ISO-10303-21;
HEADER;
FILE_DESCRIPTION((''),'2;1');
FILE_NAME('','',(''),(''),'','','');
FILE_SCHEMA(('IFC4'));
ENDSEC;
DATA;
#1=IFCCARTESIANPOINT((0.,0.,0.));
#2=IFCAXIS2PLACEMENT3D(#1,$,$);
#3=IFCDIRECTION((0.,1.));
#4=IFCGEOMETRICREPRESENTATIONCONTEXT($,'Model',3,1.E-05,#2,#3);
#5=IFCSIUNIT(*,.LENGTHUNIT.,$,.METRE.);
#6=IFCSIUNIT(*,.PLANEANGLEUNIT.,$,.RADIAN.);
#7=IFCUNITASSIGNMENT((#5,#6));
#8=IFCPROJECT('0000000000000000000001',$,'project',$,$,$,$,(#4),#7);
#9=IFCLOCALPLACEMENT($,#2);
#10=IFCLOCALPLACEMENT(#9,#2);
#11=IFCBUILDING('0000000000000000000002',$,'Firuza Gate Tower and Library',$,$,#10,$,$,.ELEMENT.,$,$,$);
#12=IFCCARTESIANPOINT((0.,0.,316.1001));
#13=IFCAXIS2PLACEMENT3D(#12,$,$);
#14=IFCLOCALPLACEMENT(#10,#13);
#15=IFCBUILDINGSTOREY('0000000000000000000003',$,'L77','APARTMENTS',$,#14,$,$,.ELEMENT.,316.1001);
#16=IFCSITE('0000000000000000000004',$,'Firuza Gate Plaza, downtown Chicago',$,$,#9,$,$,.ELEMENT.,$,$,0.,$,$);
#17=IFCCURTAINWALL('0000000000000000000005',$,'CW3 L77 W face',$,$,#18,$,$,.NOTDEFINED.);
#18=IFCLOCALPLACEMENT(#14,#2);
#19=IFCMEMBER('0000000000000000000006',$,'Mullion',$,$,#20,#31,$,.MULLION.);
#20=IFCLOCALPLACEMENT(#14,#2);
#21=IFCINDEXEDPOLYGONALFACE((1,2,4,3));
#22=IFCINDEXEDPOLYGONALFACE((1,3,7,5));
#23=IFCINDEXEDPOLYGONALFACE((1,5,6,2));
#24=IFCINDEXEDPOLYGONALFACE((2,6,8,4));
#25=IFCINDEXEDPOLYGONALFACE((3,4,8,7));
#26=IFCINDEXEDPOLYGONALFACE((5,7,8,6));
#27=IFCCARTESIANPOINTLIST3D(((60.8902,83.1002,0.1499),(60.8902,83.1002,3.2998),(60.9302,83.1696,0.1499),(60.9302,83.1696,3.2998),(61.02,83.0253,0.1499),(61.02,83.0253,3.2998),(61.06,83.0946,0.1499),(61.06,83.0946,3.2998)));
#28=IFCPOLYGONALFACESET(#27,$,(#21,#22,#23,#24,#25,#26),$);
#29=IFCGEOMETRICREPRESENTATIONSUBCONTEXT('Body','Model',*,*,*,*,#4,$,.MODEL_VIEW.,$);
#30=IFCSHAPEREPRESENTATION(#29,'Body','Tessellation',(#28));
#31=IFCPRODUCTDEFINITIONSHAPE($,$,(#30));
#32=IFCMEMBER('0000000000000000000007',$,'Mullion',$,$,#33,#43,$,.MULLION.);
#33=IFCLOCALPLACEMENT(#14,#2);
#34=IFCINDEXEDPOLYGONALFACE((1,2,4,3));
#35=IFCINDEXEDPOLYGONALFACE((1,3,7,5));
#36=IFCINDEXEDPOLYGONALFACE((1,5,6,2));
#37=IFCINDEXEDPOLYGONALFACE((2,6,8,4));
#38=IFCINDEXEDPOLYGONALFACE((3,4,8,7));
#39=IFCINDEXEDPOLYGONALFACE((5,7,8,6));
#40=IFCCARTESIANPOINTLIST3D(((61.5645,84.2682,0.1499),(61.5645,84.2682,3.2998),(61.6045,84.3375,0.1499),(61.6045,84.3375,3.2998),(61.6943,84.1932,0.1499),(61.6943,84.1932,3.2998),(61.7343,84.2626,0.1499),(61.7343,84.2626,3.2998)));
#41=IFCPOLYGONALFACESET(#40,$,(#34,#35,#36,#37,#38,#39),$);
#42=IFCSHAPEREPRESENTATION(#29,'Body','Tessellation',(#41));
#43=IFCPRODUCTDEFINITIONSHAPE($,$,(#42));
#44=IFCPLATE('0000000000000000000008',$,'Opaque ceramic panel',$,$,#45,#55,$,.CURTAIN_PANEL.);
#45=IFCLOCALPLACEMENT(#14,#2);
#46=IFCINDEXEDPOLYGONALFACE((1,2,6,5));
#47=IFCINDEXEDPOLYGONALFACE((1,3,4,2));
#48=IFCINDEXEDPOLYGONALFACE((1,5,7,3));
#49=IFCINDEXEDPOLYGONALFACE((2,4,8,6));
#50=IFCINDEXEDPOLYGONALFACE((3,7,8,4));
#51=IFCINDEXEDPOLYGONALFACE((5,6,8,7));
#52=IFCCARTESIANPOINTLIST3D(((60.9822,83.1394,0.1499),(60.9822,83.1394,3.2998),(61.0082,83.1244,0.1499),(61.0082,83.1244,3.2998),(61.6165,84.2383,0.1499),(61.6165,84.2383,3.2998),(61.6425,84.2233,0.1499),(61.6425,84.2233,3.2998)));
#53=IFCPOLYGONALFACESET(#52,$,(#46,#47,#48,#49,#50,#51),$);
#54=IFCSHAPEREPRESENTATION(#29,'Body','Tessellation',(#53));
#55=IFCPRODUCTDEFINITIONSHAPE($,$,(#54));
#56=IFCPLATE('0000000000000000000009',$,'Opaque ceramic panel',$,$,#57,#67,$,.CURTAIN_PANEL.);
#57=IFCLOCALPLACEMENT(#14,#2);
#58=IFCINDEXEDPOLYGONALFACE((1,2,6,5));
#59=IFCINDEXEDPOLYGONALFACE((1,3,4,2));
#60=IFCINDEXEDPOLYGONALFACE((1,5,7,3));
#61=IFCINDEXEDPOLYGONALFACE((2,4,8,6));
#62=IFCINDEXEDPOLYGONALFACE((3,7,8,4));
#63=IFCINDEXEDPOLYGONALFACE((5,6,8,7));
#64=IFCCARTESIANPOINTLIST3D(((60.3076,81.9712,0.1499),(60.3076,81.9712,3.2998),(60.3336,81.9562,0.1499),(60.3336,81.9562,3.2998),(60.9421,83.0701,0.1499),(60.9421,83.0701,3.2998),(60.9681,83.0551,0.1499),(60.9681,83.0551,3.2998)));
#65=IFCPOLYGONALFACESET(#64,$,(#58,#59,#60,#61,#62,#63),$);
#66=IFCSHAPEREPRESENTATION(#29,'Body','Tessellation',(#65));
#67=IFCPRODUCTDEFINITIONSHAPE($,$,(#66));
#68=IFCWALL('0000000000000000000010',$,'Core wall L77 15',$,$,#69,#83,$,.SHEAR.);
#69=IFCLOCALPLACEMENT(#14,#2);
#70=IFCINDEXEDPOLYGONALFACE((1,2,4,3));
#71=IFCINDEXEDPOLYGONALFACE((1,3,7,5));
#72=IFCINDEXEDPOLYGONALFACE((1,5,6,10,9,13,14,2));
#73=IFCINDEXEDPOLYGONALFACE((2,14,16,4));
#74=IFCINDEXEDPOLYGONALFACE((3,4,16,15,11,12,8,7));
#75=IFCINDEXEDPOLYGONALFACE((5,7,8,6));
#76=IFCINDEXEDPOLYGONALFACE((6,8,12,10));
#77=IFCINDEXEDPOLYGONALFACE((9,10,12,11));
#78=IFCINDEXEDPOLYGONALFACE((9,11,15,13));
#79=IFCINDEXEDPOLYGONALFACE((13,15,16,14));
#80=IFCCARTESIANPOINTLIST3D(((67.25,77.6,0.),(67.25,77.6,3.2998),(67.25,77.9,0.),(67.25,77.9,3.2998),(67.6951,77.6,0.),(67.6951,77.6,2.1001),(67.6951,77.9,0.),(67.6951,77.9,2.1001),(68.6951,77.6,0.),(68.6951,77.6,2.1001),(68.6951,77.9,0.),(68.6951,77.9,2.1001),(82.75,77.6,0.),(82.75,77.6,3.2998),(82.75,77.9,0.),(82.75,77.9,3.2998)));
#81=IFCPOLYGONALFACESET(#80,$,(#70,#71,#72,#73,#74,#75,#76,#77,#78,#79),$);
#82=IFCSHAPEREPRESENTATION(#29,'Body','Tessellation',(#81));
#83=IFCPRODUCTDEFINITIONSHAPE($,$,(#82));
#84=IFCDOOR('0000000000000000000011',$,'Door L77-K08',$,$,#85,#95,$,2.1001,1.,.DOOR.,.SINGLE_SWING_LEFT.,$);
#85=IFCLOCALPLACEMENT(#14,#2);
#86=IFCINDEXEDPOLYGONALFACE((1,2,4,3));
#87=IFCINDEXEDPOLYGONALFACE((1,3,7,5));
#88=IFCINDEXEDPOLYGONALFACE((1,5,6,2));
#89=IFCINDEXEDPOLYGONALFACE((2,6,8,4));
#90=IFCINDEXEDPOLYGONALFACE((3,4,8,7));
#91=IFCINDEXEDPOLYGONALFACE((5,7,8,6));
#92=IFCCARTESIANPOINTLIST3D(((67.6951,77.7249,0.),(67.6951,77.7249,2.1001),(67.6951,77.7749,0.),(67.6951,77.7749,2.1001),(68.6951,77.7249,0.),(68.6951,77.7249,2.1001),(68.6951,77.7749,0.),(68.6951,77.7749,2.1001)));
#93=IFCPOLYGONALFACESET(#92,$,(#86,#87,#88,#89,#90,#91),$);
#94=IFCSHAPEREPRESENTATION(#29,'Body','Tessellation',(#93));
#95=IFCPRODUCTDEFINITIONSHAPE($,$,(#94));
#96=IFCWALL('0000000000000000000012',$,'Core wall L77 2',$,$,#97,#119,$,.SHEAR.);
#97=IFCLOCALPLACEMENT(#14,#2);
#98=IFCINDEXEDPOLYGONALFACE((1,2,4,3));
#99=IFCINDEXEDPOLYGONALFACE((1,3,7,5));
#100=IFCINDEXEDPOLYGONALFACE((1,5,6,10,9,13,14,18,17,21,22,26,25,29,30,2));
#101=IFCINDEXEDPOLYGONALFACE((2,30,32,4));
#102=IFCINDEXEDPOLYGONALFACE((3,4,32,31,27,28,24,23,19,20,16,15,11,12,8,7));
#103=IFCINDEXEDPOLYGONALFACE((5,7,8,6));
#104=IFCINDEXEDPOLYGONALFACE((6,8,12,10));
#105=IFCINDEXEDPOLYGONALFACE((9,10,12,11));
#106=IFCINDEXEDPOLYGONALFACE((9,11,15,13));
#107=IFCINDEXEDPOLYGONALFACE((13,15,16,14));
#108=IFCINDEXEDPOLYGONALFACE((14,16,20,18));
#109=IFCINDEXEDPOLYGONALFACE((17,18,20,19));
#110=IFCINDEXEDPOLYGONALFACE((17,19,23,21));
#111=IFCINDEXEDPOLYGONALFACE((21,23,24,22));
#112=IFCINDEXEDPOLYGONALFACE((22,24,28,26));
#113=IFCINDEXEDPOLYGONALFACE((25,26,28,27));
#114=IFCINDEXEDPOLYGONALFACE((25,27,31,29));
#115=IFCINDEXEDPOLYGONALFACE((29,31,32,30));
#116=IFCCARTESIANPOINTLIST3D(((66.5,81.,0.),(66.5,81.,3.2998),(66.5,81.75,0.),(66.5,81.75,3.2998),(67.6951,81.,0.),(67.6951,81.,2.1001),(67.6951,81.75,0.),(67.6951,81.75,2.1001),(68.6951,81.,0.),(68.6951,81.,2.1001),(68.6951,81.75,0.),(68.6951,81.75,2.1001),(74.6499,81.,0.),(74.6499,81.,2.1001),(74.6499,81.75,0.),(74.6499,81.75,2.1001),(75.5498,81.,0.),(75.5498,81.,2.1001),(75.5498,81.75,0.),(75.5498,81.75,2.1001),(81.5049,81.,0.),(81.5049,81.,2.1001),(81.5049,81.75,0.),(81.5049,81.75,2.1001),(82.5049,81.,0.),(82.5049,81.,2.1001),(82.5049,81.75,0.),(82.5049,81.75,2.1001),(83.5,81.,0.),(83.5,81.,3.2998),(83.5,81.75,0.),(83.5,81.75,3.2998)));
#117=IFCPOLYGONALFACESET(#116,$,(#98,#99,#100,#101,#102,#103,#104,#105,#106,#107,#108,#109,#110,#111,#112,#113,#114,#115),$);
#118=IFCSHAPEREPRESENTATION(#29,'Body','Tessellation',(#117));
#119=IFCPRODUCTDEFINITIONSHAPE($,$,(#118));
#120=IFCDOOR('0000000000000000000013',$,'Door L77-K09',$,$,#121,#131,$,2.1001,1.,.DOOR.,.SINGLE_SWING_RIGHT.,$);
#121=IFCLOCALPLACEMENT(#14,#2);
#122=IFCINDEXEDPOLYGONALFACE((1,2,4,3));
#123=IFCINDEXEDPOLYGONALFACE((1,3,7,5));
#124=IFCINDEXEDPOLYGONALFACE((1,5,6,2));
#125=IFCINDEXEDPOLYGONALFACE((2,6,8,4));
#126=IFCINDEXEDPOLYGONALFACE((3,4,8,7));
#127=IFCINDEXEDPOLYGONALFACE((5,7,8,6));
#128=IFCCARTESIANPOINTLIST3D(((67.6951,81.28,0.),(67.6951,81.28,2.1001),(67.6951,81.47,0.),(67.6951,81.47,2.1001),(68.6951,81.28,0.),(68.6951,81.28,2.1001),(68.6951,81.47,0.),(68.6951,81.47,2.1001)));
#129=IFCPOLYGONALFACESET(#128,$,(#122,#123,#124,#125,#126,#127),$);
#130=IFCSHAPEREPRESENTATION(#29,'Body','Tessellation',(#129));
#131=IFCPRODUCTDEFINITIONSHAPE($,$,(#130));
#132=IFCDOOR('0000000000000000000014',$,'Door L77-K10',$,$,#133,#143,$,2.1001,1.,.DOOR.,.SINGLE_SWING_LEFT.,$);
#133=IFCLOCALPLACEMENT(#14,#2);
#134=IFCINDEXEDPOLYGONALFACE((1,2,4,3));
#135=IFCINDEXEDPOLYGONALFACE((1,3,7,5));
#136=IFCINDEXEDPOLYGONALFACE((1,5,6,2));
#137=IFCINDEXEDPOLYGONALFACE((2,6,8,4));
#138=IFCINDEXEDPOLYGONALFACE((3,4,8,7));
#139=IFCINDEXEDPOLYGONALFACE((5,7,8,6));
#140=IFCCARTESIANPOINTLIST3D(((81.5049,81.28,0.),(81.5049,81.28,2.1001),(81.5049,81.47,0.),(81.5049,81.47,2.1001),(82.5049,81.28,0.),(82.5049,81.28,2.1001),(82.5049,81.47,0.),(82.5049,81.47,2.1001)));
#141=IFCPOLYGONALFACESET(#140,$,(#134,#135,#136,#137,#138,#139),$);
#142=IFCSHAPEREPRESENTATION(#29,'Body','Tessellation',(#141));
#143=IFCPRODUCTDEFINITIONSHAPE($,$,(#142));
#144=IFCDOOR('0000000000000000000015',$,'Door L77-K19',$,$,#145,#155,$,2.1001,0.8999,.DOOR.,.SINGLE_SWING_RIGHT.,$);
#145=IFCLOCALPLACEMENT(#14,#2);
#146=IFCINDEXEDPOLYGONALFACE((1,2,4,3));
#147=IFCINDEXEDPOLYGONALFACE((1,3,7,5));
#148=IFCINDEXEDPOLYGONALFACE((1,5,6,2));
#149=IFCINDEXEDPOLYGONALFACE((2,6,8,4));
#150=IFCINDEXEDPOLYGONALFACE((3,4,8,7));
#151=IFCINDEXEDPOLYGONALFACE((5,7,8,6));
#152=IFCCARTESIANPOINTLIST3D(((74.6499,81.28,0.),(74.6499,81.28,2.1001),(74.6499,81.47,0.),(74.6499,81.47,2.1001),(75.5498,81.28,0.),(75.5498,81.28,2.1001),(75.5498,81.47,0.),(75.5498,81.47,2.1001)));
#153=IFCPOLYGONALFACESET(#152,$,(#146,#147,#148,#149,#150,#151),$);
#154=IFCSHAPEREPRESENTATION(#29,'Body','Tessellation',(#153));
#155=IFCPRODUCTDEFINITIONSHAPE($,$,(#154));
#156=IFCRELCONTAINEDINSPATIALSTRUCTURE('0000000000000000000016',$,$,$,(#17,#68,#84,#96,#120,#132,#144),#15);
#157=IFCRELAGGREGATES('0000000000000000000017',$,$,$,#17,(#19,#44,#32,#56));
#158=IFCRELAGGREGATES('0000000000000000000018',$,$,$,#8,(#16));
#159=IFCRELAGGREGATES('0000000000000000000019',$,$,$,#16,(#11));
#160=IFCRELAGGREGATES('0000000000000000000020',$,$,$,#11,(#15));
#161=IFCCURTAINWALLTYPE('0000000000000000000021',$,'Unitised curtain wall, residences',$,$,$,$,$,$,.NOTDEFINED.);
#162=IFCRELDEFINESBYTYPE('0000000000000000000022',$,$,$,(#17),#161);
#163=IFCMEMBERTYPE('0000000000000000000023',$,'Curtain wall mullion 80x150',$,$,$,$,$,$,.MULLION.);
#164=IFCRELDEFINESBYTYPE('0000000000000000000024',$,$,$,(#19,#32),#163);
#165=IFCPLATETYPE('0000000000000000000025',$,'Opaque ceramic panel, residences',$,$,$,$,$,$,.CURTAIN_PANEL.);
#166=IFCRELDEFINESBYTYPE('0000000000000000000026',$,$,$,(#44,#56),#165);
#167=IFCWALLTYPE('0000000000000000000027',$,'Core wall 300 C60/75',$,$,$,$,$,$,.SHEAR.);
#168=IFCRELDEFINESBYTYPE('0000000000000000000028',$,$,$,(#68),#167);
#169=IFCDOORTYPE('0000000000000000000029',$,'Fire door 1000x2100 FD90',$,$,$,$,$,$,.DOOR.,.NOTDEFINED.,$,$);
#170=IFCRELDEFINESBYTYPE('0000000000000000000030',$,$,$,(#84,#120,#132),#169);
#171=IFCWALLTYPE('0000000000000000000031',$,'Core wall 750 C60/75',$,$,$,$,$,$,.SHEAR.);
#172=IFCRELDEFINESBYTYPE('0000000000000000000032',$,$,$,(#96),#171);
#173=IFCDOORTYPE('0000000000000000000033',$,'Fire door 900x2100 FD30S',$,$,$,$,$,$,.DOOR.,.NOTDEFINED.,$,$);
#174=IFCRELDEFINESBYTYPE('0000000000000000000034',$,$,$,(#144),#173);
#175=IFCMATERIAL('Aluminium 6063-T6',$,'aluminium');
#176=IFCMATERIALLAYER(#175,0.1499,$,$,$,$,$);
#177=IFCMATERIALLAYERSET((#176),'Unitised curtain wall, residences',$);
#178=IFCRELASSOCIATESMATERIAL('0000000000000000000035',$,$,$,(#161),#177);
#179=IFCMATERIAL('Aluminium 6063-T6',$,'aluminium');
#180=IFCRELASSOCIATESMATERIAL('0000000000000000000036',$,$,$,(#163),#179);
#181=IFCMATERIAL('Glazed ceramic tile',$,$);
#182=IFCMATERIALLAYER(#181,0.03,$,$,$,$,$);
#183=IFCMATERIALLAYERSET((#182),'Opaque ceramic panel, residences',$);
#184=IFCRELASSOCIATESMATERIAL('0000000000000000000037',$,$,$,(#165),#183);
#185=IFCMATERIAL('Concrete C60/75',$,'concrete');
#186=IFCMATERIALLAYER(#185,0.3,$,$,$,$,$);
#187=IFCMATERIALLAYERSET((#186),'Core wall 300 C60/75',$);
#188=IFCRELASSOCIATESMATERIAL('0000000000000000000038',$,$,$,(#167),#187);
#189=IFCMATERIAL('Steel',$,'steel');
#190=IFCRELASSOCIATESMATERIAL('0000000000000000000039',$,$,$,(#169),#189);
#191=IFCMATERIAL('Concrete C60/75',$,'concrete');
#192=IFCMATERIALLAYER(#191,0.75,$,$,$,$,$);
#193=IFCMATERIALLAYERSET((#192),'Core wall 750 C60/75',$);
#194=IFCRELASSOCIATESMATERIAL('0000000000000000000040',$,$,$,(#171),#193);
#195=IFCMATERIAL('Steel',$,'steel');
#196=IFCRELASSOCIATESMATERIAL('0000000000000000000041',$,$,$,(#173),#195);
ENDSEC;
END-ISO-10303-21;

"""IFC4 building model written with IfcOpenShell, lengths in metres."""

from ifc_helpers import new_model, si_unit, direction, frame, frame_2d, origin, origin_2d, place, context, subcontext, project, spatial, polyline, rectangle, outline, extrude, material, layer, layer_set, material_profile, profile_set, type_object, element, fill, aggregate, save


model = new_model("IFC4")

# Units and contexts
model_context = context("Model", 3, precision=1e-05, world=origin(), true_north=direction((0.0, 1.0)))
body_context = subcontext(model_context, "Body", "Model", "MODEL_VIEW")
ifc_project = project(units=[si_unit("LENGTHUNIT", "METRE"), si_unit("PLANEANGLEUNIT", "RADIAN")], contexts=[model_context])

# Site, building, storey
site_placement = place(None, origin())
site = spatial("IfcSite", under=ifc_project, at=site_placement, Name="Firuza Gate Plaza, downtown Chicago", CompositionType="ELEMENT", RefElevation=0.0)
building_placement = place(site_placement, origin())
building = spatial("IfcBuilding", under=site, at=building_placement, Name="Firuza Gate Tower and Library", CompositionType="ELEMENT")
storey_placement = place(building_placement, frame((0.0, 0.0, 316.1001)))
storey = spatial("IfcBuildingStorey", under=building, at=storey_placement, Name="L77", Description="APARTMENTS", CompositionType="ELEMENT", Elevation=316.1001)

# Curtain wall, members, plates
ifc_material_1 = material(Name="Aluminium 6063-T6", Category="aluminium")
ifc_layer_1 = layer(ifc_material_1, 0.1499)
ifc_layer_set_1 = layer_set([ifc_layer_1], Name="Unitised curtain wall, residences")
curtain_wall_type = type_object("IfcCurtainWallType", Name="Unitised curtain wall, residences", PredefinedType="NOTDEFINED", material=ifc_layer_set_1)
curtain_wall_placement = place(storey_placement, origin())
curtain_wall = element("IfcCurtainWall", 1, at=curtain_wall_placement, inside=storey, type_object=curtain_wall_type, Name="CW3 L77 W face", PredefinedType="NOTDEFINED")
ifc_material_2 = material(Name="Aluminium 6063-T6", Category="aluminium")
ifc_material_profile = material_profile(ifc_material_2, rectangle(XDim=0.1499, YDim=0.0801, at=origin_2d()))
ifc_profile_set = profile_set([ifc_material_profile], Name="Aluminium 6063-T6")
member_type = type_object("IfcMemberType", Name="Curtain wall mullion 80x150", PredefinedType="MULLION", material=ifc_profile_set)
member_1_placement = place(storey_placement, frame((60.9751, 83.0974, 0.1499), z_axis=(0.0, 0.0, 1.0), x_axis=(0.866025, -0.5, 0.0)))
member_1 = element("IfcMember", 2, at=member_1_placement, type_object=member_type, Name="Mullion", PredefinedType="MULLION", context=body_context, shape_type="SweptSolid", body=[
    extrude(rectangle(XDim=0.1499, YDim=0.0801, at=origin_2d()), origin(), (0.0, 0.0, 1.0), 3.1499),
])
member_2_placement = place(storey_placement, frame((61.6494, 84.2654, 0.1499), z_axis=(0.0, 0.0, 1.0), x_axis=(0.866025, -0.5, 0.0)))
member_2 = element("IfcMember", 3, at=member_2_placement, type_object=member_type, Name="Mullion", PredefinedType="MULLION", context=body_context, shape_type="SweptSolid", body=[
    extrude(rectangle(XDim=0.1499, YDim=0.0801, at=origin_2d()), origin(), (0.0, 0.0, 1.0), 3.1499),
])
ifc_material_3 = material(Name="Glazed ceramic tile")
ifc_layer_2 = layer(ifc_material_3, 0.03)
ifc_layer_set_2 = layer_set([ifc_layer_2], Name="Opaque ceramic panel, residences")
plate_type = type_object("IfcPlateType", Name="Opaque ceramic panel, residences", PredefinedType="CURTAIN_PANEL", material=ifc_layer_set_2)
plate_1_placement = place(storey_placement, frame((61.6165, 84.2383, 0.1499), z_axis=(-0.86608, 0.499906, 0.0), x_axis=(-0.499906, -0.86608, 0.0)))
plate_1 = element("IfcPlate", 4, at=plate_1_placement, type_object=plate_type, Name="Opaque ceramic panel", PredefinedType="CURTAIN_PANEL", context=body_context, shape_type="SweptSolid", body=[
    extrude(outline(polyline([(0.0, 0.0), (1.2688, 0.0), (1.2688, 3.1499), (0.0, 3.1499), (0.0, 0.0)])), origin(), (0.0, 0.0, -1.0), 0.03),
])
plate_2_placement = place(storey_placement, frame((60.9421, 83.0701, 0.1499), z_axis=(-0.865997, 0.50005, 0.0), x_axis=(-0.50005, -0.865997, 0.0)))
plate_2 = element("IfcPlate", 5, at=plate_2_placement, type_object=plate_type, Name="Opaque ceramic panel", PredefinedType="CURTAIN_PANEL", context=body_context, shape_type="SweptSolid", body=[
    extrude(outline(polyline([(0.0, 0.0), (1.2689, 0.0), (1.2689, 3.1499), (0.0, 3.1499), (0.0, 0.0)])), origin(), (0.0, 0.0, -1.0), 0.03),
])
aggregate(curtain_wall, [member_1, plate_1, member_2, plate_2])

# Wall, opening, door
ifc_material_4 = material(Name="Concrete C60/75", Category="concrete")
ifc_layer_3 = layer(ifc_material_4, 0.3)
ifc_layer_set_3 = layer_set([ifc_layer_3], Name="Core wall 300 C60/75")
wall_type_1 = type_object("IfcWallType", Name="Core wall 300 C60/75", PredefinedType="SHEAR", material=ifc_layer_set_3)
wall_1_placement = place(storey_placement, frame((67.25, 77.75, 0.0), z_axis=(0.0, 0.0, 1.0), x_axis=(1.0, 0.0, 0.0)))
wall_1 = element("IfcWall", 6, at=wall_1_placement, inside=storey, type_object=wall_type_1, Name="Core wall L77 15", PredefinedType="SHEAR", context=body_context, shape_type="SweptSolid", body=[
    extrude(rectangle(XDim=15.5, YDim=0.3, at=frame_2d((7.75, 0.0))), origin(), (0.0, 0.0, 1.0), 3.2998),
])
opening_1_placement = place(wall_1_placement, frame((0.4451, 0.0, 0.0)))
opening_1 = element("IfcOpeningElement", 7, at=opening_1_placement, cuts=wall_1, PredefinedType="OPENING", context=body_context, shape_type="SweptSolid", body=[
    extrude(rectangle(XDim=1.0, YDim=2.1001, at=frame_2d((0.5, 1.05))), frame((0.0, 0.1602, 0.0), z_axis=(0.0, -1.0, 0.0), x_axis=(1.0, 0.0, 0.0)), (0.0, 0.0, 1.0), 0.3201),
])
ifc_material_5 = material(Name="Steel", Category="steel")
door_type_1 = type_object("IfcDoorType", Name="Fire door 1000x2100 FD90", OperationType="NOTDEFINED", PredefinedType="DOOR", material=ifc_material_5)
door_1_placement = place(opening_1_placement, origin())
door_1 = element("IfcDoor", 8, at=door_1_placement, inside=storey, type_object=door_type_1, Name="Door L77-K08", OperationType="SINGLE_SWING_LEFT", OverallHeight=2.1001, OverallWidth=1.0, PredefinedType="DOOR", context=body_context, shape_type="SweptSolid", body=[
    extrude(rectangle(XDim=1.0, YDim=2.1001, at=frame_2d((0.5, 1.05))), frame((0.0, 0.0249, 0.0), z_axis=(0.0, -1.0, 0.0), x_axis=(1.0, 0.0, 0.0)), (0.0, 0.0, 1.0), 0.05),
])
fill(opening_1, door_1)

# Wall, openings, doors
ifc_material_6 = material(Name="Concrete C60/75", Category="concrete")
ifc_layer_4 = layer(ifc_material_6, 0.75)
ifc_layer_set_4 = layer_set([ifc_layer_4], Name="Core wall 750 C60/75")
wall_type_2 = type_object("IfcWallType", Name="Core wall 750 C60/75", PredefinedType="SHEAR", material=ifc_layer_set_4)
wall_2_placement = place(storey_placement, frame((66.5, 81.375, 0.0), z_axis=(0.0, 0.0, 1.0), x_axis=(1.0, 0.0, 0.0)))
wall_2 = element("IfcWall", 9, at=wall_2_placement, inside=storey, type_object=wall_type_2, Name="Core wall L77 2", PredefinedType="SHEAR", context=body_context, shape_type="SweptSolid", body=[
    extrude(rectangle(XDim=17.0, YDim=0.75, at=frame_2d((8.5, 0.0))), origin(), (0.0, 0.0, 1.0), 3.2998),
])
opening_2_placement = place(wall_2_placement, frame((1.1951, 0.0, 0.0)))
opening_2 = element("IfcOpeningElement", 10, at=opening_2_placement, cuts=wall_2, PredefinedType="OPENING", context=body_context, shape_type="SweptSolid", body=[
    extrude(rectangle(XDim=1.0, YDim=2.1001, at=frame_2d((0.5, 1.05))), frame((0.0, 0.385, 0.0), z_axis=(0.0, -1.0, 0.0), x_axis=(1.0, 0.0, 0.0)), (0.0, 0.0, 1.0), 0.77),
])
opening_3_placement = place(wall_2_placement, frame((15.0049, 0.0, 0.0)))
opening_3 = element("IfcOpeningElement", 11, at=opening_3_placement, cuts=wall_2, PredefinedType="OPENING", context=body_context, shape_type="SweptSolid", body=[
    extrude(rectangle(XDim=1.0, YDim=2.1001, at=frame_2d((0.5, 1.05))), frame((0.0, 0.385, 0.0), z_axis=(0.0, -1.0, 0.0), x_axis=(1.0, 0.0, 0.0)), (0.0, 0.0, 1.0), 0.77),
])
opening_4_placement = place(wall_2_placement, frame((8.1499, 0.0, 0.0)))
opening_4 = element("IfcOpeningElement", 12, at=opening_4_placement, cuts=wall_2, PredefinedType="OPENING", context=body_context, shape_type="SweptSolid", body=[
    extrude(rectangle(XDim=0.8999, YDim=2.1001, at=frame_2d((0.45, 1.05))), frame((0.0, 0.385, 0.0), z_axis=(0.0, -1.0, 0.0), x_axis=(1.0, 0.0, 0.0)), (0.0, 0.0, 1.0), 0.77),
])
door_2_placement = place(opening_2_placement, origin())
door_2 = element("IfcDoor", 13, at=door_2_placement, inside=storey, type_object=door_type_1, Name="Door L77-K09", OperationType="SINGLE_SWING_RIGHT", OverallHeight=2.1001, OverallWidth=1.0, PredefinedType="DOOR", context=body_context, shape_type="SweptSolid", body=[
    extrude(rectangle(XDim=1.0, YDim=2.1001, at=frame_2d((0.5, 1.05))), frame((0.0, 0.095, 0.0), z_axis=(0.0, -1.0, 0.0), x_axis=(1.0, 0.0, 0.0)), (0.0, 0.0, 1.0), 0.1899),
])
fill(opening_2, door_2)
door_3_placement = place(opening_3_placement, origin())
door_3 = element("IfcDoor", 14, at=door_3_placement, inside=storey, type_object=door_type_1, Name="Door L77-K10", OperationType="SINGLE_SWING_LEFT", OverallHeight=2.1001, OverallWidth=1.0, PredefinedType="DOOR", context=body_context, shape_type="SweptSolid", body=[
    extrude(rectangle(XDim=1.0, YDim=2.1001, at=frame_2d((0.5, 1.05))), frame((0.0, 0.095, 0.0), z_axis=(0.0, -1.0, 0.0), x_axis=(1.0, 0.0, 0.0)), (0.0, 0.0, 1.0), 0.1899),
])
fill(opening_3, door_3)
ifc_material_7 = material(Name="Steel", Category="steel")
door_type_2 = type_object("IfcDoorType", Name="Fire door 900x2100 FD30S", OperationType="NOTDEFINED", PredefinedType="DOOR", material=ifc_material_7)
door_4_placement = place(opening_4_placement, origin())
door_4 = element("IfcDoor", 15, at=door_4_placement, inside=storey, type_object=door_type_2, Name="Door L77-K19", OperationType="SINGLE_SWING_RIGHT", OverallHeight=2.1001, OverallWidth=0.8999, PredefinedType="DOOR", context=body_context, shape_type="SweptSolid", body=[
    extrude(rectangle(XDim=0.8999, YDim=2.1001, at=frame_2d((0.45, 1.05))), frame((0.0, 0.095, 0.0), z_axis=(0.0, -1.0, 0.0), x_axis=(1.0, 0.0, 0.0)), (0.0, 0.0, 1.0), 0.1899),
])
fill(opening_4, door_4)

save(model, "model.ifc")
